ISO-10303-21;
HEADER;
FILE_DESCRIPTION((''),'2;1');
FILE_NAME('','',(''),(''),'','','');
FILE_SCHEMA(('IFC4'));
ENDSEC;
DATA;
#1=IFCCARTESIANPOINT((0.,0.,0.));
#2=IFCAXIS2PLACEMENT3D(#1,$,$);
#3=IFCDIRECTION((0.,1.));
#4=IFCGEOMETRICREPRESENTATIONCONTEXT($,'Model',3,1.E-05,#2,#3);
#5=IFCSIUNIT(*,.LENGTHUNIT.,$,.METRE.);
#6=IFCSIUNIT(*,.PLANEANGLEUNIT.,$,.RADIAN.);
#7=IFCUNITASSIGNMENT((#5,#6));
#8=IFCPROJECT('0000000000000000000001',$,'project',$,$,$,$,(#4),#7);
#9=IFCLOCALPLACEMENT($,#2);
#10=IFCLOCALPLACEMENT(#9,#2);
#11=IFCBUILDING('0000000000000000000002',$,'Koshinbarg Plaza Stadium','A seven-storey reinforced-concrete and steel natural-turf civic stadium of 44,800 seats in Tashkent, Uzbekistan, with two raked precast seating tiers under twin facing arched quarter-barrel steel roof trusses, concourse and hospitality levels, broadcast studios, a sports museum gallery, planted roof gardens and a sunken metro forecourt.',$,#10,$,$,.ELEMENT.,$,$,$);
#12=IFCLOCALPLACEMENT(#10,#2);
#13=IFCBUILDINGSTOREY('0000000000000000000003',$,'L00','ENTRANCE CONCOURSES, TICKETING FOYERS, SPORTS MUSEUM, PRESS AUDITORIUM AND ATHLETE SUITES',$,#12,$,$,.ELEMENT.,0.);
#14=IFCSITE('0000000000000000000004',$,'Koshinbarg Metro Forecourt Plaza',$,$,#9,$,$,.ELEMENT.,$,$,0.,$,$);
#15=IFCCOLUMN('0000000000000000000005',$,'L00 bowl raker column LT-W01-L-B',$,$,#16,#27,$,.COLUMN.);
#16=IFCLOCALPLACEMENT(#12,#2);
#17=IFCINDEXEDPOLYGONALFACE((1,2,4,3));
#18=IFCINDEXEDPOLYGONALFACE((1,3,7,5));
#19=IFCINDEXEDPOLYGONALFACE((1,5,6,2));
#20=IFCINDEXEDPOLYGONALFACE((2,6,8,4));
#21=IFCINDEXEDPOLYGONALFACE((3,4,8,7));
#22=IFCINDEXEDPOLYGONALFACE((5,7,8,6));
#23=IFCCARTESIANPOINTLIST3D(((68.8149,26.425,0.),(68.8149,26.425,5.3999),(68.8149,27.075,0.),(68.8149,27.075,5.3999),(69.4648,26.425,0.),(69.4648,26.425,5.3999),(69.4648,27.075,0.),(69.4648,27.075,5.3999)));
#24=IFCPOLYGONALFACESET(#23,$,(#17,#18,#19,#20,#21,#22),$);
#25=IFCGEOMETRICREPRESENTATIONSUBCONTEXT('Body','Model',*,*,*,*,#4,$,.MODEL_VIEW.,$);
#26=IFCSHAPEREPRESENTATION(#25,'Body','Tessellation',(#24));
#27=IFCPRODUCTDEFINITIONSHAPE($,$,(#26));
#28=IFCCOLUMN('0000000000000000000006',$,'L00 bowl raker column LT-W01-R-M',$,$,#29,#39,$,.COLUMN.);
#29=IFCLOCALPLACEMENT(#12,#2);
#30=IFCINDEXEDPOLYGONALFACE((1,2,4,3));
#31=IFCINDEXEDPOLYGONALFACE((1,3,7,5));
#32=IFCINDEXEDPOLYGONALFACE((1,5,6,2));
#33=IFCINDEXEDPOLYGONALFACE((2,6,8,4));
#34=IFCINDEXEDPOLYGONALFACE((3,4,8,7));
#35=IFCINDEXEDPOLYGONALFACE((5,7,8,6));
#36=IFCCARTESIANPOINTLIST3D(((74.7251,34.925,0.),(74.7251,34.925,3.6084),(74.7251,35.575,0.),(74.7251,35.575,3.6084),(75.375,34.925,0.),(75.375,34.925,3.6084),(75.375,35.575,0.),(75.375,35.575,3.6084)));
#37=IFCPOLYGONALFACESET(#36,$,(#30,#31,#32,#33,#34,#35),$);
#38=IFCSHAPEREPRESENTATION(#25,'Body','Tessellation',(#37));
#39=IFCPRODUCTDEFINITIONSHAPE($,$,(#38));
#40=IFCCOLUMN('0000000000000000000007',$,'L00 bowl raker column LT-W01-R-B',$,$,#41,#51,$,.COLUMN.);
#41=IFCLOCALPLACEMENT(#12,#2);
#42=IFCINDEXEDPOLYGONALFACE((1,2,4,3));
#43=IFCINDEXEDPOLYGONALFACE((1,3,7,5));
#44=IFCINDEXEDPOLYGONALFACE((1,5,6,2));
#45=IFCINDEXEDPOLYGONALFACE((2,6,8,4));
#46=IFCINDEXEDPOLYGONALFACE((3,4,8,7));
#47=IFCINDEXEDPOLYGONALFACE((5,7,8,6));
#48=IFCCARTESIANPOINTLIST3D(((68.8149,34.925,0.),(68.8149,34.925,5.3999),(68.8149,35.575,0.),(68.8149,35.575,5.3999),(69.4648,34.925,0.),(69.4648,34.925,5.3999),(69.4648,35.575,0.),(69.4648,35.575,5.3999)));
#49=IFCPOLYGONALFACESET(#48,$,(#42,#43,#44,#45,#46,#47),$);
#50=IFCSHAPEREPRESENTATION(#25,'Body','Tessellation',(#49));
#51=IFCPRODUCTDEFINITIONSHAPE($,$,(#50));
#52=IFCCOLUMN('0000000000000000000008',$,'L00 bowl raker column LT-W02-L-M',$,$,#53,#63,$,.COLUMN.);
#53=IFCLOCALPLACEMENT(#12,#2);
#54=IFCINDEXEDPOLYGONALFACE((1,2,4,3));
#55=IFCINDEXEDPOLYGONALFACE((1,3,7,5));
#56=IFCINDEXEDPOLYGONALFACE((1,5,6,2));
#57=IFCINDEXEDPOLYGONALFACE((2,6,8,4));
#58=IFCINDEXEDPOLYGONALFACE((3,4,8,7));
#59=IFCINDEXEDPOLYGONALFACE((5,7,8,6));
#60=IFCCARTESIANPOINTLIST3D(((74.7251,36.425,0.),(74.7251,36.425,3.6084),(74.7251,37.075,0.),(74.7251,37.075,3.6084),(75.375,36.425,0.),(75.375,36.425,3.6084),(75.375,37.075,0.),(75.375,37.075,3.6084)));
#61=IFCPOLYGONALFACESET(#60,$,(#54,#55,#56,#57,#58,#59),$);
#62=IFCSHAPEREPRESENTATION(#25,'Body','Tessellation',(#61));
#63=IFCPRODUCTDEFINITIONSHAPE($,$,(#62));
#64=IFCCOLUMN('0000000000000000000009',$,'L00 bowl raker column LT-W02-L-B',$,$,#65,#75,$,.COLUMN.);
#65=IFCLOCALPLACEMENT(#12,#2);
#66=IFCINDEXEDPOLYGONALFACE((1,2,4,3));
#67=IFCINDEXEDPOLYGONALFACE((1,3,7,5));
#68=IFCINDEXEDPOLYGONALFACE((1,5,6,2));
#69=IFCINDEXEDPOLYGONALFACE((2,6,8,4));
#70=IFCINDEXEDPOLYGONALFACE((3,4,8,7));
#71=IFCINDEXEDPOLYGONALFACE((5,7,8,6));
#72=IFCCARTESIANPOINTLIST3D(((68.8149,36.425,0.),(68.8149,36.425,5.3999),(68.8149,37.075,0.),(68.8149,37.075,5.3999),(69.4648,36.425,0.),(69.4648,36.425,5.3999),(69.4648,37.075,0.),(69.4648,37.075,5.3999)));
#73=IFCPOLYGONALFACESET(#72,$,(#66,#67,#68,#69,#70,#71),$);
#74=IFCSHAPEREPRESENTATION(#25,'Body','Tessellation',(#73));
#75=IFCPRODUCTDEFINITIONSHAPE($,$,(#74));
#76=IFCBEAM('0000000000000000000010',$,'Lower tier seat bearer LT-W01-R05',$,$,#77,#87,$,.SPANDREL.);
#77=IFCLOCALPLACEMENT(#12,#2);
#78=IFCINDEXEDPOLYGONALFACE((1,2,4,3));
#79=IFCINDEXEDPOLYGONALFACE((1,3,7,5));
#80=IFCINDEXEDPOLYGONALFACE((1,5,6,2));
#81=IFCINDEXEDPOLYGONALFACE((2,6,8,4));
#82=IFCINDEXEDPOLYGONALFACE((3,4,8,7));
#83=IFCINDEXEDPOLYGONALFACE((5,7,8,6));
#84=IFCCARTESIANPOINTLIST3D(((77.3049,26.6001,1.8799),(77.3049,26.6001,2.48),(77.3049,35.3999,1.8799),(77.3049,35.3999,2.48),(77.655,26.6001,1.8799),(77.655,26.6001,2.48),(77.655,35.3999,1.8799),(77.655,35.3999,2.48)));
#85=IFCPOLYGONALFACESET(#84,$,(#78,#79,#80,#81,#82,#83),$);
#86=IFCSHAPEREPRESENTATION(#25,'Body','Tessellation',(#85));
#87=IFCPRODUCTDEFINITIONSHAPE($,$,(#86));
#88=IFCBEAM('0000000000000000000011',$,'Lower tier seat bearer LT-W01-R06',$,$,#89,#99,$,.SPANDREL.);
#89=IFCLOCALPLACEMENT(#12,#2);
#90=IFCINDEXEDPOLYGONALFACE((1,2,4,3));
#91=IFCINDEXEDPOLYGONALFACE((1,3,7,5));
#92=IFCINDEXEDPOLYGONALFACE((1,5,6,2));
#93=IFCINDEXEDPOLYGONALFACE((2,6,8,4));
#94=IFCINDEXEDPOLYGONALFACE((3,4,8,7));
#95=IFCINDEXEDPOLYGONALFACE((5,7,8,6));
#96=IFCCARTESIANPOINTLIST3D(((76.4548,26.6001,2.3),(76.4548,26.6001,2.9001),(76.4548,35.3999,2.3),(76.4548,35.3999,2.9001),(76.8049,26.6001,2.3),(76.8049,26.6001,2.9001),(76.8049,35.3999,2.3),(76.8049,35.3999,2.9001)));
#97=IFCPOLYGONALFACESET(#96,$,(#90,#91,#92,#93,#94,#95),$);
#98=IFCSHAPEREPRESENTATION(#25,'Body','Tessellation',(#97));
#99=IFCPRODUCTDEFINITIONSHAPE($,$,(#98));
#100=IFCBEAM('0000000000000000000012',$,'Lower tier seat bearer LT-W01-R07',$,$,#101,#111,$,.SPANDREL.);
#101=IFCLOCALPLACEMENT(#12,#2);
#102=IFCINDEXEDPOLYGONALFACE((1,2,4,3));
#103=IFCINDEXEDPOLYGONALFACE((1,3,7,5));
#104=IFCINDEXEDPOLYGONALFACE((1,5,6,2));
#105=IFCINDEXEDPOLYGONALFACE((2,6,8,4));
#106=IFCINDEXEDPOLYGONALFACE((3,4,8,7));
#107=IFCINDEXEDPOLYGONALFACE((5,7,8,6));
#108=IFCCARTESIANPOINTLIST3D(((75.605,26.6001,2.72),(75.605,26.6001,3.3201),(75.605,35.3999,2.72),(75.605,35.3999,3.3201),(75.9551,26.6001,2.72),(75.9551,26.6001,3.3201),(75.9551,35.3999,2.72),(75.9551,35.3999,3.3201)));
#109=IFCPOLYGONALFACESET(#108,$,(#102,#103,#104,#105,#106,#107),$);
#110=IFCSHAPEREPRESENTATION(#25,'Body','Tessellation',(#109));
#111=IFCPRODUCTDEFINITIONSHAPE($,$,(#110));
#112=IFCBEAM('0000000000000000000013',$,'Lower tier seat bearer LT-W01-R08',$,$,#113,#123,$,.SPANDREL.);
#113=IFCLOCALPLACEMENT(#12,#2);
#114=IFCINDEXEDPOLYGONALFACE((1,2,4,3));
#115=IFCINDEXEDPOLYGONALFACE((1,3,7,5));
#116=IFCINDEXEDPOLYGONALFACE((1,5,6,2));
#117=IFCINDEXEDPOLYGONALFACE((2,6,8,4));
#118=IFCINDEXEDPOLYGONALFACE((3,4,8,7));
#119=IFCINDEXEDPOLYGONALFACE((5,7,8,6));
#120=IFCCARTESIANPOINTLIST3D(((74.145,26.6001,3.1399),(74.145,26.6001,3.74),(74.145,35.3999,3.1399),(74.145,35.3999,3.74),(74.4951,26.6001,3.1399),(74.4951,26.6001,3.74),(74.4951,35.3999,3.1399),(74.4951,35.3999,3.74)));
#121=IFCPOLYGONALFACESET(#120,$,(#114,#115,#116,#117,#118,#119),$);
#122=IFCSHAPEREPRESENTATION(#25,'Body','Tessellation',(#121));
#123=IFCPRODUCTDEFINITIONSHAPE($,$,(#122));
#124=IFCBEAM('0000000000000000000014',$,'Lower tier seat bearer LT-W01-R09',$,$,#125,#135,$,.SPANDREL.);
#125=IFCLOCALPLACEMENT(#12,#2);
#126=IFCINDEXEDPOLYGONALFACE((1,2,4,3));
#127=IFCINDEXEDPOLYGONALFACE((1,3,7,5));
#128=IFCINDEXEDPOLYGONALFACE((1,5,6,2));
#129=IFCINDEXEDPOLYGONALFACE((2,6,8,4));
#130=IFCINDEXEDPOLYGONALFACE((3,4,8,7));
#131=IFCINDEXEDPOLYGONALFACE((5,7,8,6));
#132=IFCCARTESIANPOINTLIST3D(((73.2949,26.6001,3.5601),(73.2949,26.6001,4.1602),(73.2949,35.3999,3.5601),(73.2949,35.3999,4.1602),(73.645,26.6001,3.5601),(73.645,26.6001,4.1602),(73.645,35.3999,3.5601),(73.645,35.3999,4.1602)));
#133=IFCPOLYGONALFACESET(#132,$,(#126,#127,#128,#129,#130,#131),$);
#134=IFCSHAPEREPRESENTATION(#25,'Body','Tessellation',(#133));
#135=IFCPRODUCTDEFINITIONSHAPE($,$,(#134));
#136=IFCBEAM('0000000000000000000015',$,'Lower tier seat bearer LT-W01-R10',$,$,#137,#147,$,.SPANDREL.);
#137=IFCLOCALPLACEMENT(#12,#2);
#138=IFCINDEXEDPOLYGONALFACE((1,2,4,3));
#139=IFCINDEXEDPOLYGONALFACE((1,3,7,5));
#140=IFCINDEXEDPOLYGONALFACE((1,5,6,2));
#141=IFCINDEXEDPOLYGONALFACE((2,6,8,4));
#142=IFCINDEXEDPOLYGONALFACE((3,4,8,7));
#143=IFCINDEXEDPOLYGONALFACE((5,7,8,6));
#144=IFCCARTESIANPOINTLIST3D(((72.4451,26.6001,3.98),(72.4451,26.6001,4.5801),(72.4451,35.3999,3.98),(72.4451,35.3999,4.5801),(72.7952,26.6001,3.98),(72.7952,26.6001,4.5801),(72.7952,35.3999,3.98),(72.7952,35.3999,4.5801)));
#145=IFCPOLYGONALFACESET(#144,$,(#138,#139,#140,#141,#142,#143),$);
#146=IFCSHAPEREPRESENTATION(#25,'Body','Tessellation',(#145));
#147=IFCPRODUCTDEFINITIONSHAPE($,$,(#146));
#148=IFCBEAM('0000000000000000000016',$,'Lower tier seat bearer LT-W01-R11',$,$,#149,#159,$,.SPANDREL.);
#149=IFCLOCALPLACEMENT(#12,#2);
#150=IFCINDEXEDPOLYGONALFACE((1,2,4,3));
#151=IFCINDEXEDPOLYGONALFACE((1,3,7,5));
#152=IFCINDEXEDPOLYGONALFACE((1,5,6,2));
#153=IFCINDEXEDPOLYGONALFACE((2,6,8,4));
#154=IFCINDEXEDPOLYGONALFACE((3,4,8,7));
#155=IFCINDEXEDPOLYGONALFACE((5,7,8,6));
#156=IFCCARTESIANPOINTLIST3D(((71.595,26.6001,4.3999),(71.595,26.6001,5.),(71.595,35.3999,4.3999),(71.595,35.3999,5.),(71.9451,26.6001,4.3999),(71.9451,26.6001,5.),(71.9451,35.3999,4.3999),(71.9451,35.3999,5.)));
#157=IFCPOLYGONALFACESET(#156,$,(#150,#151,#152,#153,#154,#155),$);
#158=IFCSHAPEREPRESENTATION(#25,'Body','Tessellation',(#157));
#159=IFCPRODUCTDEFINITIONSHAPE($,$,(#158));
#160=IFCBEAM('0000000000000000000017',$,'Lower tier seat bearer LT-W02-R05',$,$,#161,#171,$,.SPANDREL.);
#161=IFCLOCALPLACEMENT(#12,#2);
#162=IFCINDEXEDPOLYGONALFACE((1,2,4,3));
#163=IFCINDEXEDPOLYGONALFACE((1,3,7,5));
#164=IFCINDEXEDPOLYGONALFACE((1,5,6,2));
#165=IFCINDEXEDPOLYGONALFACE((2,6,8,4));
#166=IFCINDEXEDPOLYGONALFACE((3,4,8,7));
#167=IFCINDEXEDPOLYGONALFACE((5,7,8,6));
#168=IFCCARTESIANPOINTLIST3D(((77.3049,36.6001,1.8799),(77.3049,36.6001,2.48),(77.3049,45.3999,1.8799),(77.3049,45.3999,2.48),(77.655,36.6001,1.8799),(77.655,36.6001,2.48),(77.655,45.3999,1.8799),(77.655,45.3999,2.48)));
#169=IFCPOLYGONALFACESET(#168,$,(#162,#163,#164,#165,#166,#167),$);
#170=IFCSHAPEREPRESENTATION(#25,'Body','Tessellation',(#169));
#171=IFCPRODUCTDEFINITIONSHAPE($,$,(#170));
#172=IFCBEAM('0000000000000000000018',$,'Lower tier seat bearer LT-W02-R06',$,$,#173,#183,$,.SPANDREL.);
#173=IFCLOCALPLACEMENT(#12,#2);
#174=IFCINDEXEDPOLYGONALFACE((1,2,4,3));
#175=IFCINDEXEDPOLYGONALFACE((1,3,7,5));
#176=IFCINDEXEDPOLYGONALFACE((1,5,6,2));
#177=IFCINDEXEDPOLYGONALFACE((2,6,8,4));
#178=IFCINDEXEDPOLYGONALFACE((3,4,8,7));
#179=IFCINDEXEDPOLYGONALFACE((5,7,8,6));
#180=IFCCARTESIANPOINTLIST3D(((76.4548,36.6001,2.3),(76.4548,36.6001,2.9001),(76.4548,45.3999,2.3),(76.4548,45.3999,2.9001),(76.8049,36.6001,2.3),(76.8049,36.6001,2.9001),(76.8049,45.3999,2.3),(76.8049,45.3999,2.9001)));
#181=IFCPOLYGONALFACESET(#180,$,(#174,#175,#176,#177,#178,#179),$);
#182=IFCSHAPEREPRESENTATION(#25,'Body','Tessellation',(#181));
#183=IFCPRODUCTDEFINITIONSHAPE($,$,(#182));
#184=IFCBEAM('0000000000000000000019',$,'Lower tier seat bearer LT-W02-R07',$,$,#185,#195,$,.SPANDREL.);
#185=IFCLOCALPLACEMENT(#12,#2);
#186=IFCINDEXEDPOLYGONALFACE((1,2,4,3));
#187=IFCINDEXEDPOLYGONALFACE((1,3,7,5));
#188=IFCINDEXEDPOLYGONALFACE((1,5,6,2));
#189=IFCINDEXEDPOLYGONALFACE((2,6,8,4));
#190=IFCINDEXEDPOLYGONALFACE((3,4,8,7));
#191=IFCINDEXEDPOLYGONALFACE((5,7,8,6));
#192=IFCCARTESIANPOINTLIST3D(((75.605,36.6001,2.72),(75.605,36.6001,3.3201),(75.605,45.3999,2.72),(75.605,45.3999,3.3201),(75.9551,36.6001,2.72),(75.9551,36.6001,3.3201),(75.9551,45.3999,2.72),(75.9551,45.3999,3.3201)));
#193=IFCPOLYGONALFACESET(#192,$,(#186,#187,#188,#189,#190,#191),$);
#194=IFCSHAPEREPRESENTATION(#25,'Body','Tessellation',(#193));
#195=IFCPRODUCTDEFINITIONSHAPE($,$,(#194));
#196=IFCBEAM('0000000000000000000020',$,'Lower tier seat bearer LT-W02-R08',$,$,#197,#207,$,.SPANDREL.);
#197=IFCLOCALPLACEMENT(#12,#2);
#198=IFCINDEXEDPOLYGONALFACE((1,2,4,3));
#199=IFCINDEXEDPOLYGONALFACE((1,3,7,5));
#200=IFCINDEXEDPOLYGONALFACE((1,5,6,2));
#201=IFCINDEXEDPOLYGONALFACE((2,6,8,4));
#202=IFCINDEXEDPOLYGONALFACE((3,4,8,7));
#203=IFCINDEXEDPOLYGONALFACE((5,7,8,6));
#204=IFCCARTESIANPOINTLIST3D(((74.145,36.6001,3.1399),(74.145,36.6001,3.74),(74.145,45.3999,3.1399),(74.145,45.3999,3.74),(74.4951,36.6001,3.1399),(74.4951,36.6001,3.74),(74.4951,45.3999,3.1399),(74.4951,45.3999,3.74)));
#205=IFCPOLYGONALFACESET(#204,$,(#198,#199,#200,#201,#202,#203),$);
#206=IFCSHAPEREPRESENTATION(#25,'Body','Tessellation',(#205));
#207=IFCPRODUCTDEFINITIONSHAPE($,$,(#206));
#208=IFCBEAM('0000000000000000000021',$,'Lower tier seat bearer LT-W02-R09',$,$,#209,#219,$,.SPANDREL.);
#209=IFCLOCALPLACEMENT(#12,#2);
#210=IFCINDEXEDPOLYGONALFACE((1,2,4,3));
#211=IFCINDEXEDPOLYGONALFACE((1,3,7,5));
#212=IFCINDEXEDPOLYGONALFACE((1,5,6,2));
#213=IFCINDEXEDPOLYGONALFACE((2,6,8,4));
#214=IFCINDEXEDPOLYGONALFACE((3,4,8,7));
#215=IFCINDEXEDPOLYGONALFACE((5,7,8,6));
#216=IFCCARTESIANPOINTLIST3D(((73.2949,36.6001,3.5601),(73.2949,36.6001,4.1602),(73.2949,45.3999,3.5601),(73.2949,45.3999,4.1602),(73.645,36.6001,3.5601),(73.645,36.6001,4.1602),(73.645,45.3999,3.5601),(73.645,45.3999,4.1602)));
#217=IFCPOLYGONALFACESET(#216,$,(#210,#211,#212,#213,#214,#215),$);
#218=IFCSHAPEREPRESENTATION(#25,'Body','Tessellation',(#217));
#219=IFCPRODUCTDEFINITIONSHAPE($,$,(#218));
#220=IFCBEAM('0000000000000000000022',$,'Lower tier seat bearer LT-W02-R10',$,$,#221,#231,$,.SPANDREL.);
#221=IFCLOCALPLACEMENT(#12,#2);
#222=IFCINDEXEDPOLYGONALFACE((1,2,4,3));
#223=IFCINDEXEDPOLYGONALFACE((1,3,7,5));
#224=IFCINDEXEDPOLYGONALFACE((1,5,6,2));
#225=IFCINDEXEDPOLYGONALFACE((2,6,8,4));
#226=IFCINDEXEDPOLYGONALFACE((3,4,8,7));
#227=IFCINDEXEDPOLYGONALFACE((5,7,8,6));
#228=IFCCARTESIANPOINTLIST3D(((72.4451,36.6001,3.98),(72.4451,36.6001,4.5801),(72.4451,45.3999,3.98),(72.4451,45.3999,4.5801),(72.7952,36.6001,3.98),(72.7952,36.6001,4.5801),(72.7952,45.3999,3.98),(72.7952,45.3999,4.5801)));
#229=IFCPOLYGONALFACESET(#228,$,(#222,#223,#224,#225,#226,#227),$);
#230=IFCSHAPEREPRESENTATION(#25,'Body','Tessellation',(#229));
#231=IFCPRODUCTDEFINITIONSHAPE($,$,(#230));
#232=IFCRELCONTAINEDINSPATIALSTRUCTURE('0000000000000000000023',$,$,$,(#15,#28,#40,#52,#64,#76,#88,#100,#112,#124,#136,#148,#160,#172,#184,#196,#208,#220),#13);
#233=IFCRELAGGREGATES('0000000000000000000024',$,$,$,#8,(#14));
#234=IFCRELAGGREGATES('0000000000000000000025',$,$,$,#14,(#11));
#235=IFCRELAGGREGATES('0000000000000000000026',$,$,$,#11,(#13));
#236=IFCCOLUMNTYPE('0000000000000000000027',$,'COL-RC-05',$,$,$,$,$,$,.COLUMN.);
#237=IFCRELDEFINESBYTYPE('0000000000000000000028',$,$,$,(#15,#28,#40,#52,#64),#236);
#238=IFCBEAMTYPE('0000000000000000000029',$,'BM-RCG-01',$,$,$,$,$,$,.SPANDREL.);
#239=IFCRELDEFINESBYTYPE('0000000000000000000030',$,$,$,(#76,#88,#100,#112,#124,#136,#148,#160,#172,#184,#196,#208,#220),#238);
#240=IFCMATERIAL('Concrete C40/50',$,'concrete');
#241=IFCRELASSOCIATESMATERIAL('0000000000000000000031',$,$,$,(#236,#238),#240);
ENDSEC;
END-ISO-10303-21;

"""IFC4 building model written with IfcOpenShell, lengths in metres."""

from ifc_helpers import new_model, si_unit, direction, frame, origin, origin_2d, place, context, subcontext, project, spatial, rectangle, extrude, material, material_profile, profile_set, type_object, element, save


model = new_model("IFC4")

# Units and contexts
model_context = context("Model", 3, precision=1e-05, world=origin(), true_north=direction((0.0, 1.0)))
body_context = subcontext(model_context, "Body", "Model", "MODEL_VIEW")
ifc_project = project(units=[si_unit("LENGTHUNIT", "METRE"), si_unit("PLANEANGLEUNIT", "RADIAN")], contexts=[model_context])

# Site, building, storey
site_placement = place(None, origin())
site = spatial("IfcSite", under=ifc_project, at=site_placement, Name="Koshinbarg Metro Forecourt Plaza", CompositionType="ELEMENT", RefElevation=0.0)
building_placement = place(site_placement, origin())
building = spatial("IfcBuilding", under=site, at=building_placement, Name="Koshinbarg Plaza Stadium", Description="A seven-storey reinforced-concrete and steel natural-turf civic stadium of 44,800 seats in Tashkent, Uzbekistan, with two raked precast seating tiers under twin facing arched quarter-barrel steel roof trusses, concourse and hospitality levels, broadcast studios, a sports museum gallery, planted roof gardens and a sunken metro forecourt.", CompositionType="ELEMENT")
storey_placement = place(building_placement, origin())
storey = spatial("IfcBuildingStorey", under=building, at=storey_placement, Name="L00", Description="ENTRANCE CONCOURSES, TICKETING FOYERS, SPORTS MUSEUM, PRESS AUDITORIUM AND ATHLETE SUITES", CompositionType="ELEMENT", Elevation=0.0)

# Columns
ifc_material_1 = material(Name="Concrete C40/50", Category="concrete")
ifc_material_profile_1 = material_profile(ifc_material_1, rectangle(XDim=0.6499, YDim=0.6499, at=origin_2d()), Name="RC 650x650")
ifc_profile_set_1 = profile_set([ifc_material_profile_1], Name="Concrete C40/50")
column_type = type_object("IfcColumnType", Name="COL-RC-05", PredefinedType="COLUMN", material=ifc_profile_set_1)
column_1_placement = place(storey_placement, frame((69.1399, 26.75, 0.0), z_axis=(0.0, 0.0, 1.0), x_axis=(1.0, 0.0, 0.0)))
element("IfcColumn", 1, at=column_1_placement, inside=storey, type_object=column_type, Name="L00 bowl raker column LT-W01-L-B", PredefinedType="COLUMN", context=body_context, shape_type="SweptSolid", body=[
    extrude(rectangle(XDim=0.6499, YDim=0.6499, at=origin_2d()), origin(), (0.0, 0.0, 1.0), 5.3999),
])
column_2_placement = place(storey_placement, frame((75.05, 35.25, 0.0), z_axis=(0.0, 0.0, 1.0), x_axis=(1.0, 0.0, 0.0)))
element("IfcColumn", 2, at=column_2_placement, inside=storey, type_object=column_type, Name="L00 bowl raker column LT-W01-R-M", PredefinedType="COLUMN", context=body_context, shape_type="SweptSolid", body=[
    extrude(rectangle(XDim=0.6499, YDim=0.6499, at=origin_2d()), origin(), (0.0, 0.0, 1.0), 3.6084),
])
column_3_placement = place(storey_placement, frame((69.1399, 35.25, 0.0), z_axis=(0.0, 0.0, 1.0), x_axis=(1.0, 0.0, 0.0)))
element("IfcColumn", 3, at=column_3_placement, inside=storey, type_object=column_type, Name="L00 bowl raker column LT-W01-R-B", PredefinedType="COLUMN", context=body_context, shape_type="SweptSolid", body=[
    extrude(rectangle(XDim=0.6499, YDim=0.6499, at=origin_2d()), origin(), (0.0, 0.0, 1.0), 5.3999),
])
column_4_placement = place(storey_placement, frame((75.05, 36.75, 0.0), z_axis=(0.0, 0.0, 1.0), x_axis=(1.0, 0.0, 0.0)))
element("IfcColumn", 4, at=column_4_placement, inside=storey, type_object=column_type, Name="L00 bowl raker column LT-W02-L-M", PredefinedType="COLUMN", context=body_context, shape_type="SweptSolid", body=[
    extrude(rectangle(XDim=0.6499, YDim=0.6499, at=origin_2d()), origin(), (0.0, 0.0, 1.0), 3.6084),
])
column_5_placement = place(storey_placement, frame((69.1399, 36.75, 0.0), z_axis=(0.0, 0.0, 1.0), x_axis=(1.0, 0.0, 0.0)))
element("IfcColumn", 5, at=column_5_placement, inside=storey, type_object=column_type, Name="L00 bowl raker column LT-W02-L-B", PredefinedType="COLUMN", context=body_context, shape_type="SweptSolid", body=[
    extrude(rectangle(XDim=0.6499, YDim=0.6499, at=origin_2d()), origin(), (0.0, 0.0, 1.0), 5.3999),
])

# Beams
ifc_material_profile_2 = material_profile(ifc_material_1, rectangle(XDim=0.3501, YDim=0.6001, at=origin_2d()), Name="RC 350x600")
ifc_profile_set_2 = profile_set([ifc_material_profile_2], Name="Concrete C40/50")
beam_type = type_object("IfcBeamType", Name="BM-RCG-01", PredefinedType="SPANDREL", material=ifc_profile_set_2)
for number, where, z_axis, x_axis, name in (
    (6, (77.48, 26.6001, 2.1799), (0.0, 1.0, 0.0), (-1.0, 0.0, 0.0), "Lower tier seat bearer LT-W01-R05"),
    (7, (76.6299, 26.6001, 2.6001), (0.0, 1.0, 0.0), (-1.0, 0.0, 0.0), "Lower tier seat bearer LT-W01-R06"),
    (8, (75.78, 26.6001, 3.02), (0.0, 1.0, 0.0), (-1.0, 0.0, 0.0), "Lower tier seat bearer LT-W01-R07"),
    (9, (74.3201, 26.6001, 3.4399), (0.0, 1.0, 0.0), (-1.0, 0.0, 0.0), "Lower tier seat bearer LT-W01-R08"),
    (10, (73.47, 26.6001, 3.8601), (0.0, 1.0, 0.0), (-1.0, 0.0, 0.0), "Lower tier seat bearer LT-W01-R09"),
    (11, (72.6201, 26.6001, 4.28), (0.0, 1.0, 0.0), (-1.0, 0.0, 0.0), "Lower tier seat bearer LT-W01-R10"),
    (12, (71.77, 26.6001, 4.7), (0.0, 1.0, 0.0), (-1.0, 0.0, 0.0), "Lower tier seat bearer LT-W01-R11"),
    (13, (77.48, 36.6001, 2.1799), (0.0, 1.0, 0.0), (-1.0, 0.0, 0.0), "Lower tier seat bearer LT-W02-R05"),
    (14, (76.6299, 36.6001, 2.6001), (0.0, 1.0, 0.0), (-1.0, 0.0, 0.0), "Lower tier seat bearer LT-W02-R06"),
    (15, (75.78, 36.6001, 3.02), (0.0, 1.0, 0.0), (-1.0, 0.0, 0.0), "Lower tier seat bearer LT-W02-R07"),
    (16, (74.3201, 36.6001, 3.4399), (0.0, 1.0, 0.0), (-1.0, 0.0, 0.0), "Lower tier seat bearer LT-W02-R08"),
    (17, (73.47, 36.6001, 3.8601), (0.0, 1.0, 0.0), (-1.0, 0.0, 0.0), "Lower tier seat bearer LT-W02-R09"),
    (18, (72.6201, 36.6001, 4.28), (0.0, 1.0, 0.0), (-1.0, 0.0, 0.0), "Lower tier seat bearer LT-W02-R10"),
):
    element("IfcBeam", number, at=place(storey_placement, frame(where, z_axis=z_axis, x_axis=x_axis)), inside=storey, type_object=beam_type, Name=name, PredefinedType="SPANDREL", context=body_context, shape_type="SweptSolid", body=[
        extrude(rectangle(XDim=0.3501, YDim=0.6001, at=origin_2d()), origin(), (0.0, 0.0, 1.0), 8.7998),
    ])

save(model, "model.ifc")
